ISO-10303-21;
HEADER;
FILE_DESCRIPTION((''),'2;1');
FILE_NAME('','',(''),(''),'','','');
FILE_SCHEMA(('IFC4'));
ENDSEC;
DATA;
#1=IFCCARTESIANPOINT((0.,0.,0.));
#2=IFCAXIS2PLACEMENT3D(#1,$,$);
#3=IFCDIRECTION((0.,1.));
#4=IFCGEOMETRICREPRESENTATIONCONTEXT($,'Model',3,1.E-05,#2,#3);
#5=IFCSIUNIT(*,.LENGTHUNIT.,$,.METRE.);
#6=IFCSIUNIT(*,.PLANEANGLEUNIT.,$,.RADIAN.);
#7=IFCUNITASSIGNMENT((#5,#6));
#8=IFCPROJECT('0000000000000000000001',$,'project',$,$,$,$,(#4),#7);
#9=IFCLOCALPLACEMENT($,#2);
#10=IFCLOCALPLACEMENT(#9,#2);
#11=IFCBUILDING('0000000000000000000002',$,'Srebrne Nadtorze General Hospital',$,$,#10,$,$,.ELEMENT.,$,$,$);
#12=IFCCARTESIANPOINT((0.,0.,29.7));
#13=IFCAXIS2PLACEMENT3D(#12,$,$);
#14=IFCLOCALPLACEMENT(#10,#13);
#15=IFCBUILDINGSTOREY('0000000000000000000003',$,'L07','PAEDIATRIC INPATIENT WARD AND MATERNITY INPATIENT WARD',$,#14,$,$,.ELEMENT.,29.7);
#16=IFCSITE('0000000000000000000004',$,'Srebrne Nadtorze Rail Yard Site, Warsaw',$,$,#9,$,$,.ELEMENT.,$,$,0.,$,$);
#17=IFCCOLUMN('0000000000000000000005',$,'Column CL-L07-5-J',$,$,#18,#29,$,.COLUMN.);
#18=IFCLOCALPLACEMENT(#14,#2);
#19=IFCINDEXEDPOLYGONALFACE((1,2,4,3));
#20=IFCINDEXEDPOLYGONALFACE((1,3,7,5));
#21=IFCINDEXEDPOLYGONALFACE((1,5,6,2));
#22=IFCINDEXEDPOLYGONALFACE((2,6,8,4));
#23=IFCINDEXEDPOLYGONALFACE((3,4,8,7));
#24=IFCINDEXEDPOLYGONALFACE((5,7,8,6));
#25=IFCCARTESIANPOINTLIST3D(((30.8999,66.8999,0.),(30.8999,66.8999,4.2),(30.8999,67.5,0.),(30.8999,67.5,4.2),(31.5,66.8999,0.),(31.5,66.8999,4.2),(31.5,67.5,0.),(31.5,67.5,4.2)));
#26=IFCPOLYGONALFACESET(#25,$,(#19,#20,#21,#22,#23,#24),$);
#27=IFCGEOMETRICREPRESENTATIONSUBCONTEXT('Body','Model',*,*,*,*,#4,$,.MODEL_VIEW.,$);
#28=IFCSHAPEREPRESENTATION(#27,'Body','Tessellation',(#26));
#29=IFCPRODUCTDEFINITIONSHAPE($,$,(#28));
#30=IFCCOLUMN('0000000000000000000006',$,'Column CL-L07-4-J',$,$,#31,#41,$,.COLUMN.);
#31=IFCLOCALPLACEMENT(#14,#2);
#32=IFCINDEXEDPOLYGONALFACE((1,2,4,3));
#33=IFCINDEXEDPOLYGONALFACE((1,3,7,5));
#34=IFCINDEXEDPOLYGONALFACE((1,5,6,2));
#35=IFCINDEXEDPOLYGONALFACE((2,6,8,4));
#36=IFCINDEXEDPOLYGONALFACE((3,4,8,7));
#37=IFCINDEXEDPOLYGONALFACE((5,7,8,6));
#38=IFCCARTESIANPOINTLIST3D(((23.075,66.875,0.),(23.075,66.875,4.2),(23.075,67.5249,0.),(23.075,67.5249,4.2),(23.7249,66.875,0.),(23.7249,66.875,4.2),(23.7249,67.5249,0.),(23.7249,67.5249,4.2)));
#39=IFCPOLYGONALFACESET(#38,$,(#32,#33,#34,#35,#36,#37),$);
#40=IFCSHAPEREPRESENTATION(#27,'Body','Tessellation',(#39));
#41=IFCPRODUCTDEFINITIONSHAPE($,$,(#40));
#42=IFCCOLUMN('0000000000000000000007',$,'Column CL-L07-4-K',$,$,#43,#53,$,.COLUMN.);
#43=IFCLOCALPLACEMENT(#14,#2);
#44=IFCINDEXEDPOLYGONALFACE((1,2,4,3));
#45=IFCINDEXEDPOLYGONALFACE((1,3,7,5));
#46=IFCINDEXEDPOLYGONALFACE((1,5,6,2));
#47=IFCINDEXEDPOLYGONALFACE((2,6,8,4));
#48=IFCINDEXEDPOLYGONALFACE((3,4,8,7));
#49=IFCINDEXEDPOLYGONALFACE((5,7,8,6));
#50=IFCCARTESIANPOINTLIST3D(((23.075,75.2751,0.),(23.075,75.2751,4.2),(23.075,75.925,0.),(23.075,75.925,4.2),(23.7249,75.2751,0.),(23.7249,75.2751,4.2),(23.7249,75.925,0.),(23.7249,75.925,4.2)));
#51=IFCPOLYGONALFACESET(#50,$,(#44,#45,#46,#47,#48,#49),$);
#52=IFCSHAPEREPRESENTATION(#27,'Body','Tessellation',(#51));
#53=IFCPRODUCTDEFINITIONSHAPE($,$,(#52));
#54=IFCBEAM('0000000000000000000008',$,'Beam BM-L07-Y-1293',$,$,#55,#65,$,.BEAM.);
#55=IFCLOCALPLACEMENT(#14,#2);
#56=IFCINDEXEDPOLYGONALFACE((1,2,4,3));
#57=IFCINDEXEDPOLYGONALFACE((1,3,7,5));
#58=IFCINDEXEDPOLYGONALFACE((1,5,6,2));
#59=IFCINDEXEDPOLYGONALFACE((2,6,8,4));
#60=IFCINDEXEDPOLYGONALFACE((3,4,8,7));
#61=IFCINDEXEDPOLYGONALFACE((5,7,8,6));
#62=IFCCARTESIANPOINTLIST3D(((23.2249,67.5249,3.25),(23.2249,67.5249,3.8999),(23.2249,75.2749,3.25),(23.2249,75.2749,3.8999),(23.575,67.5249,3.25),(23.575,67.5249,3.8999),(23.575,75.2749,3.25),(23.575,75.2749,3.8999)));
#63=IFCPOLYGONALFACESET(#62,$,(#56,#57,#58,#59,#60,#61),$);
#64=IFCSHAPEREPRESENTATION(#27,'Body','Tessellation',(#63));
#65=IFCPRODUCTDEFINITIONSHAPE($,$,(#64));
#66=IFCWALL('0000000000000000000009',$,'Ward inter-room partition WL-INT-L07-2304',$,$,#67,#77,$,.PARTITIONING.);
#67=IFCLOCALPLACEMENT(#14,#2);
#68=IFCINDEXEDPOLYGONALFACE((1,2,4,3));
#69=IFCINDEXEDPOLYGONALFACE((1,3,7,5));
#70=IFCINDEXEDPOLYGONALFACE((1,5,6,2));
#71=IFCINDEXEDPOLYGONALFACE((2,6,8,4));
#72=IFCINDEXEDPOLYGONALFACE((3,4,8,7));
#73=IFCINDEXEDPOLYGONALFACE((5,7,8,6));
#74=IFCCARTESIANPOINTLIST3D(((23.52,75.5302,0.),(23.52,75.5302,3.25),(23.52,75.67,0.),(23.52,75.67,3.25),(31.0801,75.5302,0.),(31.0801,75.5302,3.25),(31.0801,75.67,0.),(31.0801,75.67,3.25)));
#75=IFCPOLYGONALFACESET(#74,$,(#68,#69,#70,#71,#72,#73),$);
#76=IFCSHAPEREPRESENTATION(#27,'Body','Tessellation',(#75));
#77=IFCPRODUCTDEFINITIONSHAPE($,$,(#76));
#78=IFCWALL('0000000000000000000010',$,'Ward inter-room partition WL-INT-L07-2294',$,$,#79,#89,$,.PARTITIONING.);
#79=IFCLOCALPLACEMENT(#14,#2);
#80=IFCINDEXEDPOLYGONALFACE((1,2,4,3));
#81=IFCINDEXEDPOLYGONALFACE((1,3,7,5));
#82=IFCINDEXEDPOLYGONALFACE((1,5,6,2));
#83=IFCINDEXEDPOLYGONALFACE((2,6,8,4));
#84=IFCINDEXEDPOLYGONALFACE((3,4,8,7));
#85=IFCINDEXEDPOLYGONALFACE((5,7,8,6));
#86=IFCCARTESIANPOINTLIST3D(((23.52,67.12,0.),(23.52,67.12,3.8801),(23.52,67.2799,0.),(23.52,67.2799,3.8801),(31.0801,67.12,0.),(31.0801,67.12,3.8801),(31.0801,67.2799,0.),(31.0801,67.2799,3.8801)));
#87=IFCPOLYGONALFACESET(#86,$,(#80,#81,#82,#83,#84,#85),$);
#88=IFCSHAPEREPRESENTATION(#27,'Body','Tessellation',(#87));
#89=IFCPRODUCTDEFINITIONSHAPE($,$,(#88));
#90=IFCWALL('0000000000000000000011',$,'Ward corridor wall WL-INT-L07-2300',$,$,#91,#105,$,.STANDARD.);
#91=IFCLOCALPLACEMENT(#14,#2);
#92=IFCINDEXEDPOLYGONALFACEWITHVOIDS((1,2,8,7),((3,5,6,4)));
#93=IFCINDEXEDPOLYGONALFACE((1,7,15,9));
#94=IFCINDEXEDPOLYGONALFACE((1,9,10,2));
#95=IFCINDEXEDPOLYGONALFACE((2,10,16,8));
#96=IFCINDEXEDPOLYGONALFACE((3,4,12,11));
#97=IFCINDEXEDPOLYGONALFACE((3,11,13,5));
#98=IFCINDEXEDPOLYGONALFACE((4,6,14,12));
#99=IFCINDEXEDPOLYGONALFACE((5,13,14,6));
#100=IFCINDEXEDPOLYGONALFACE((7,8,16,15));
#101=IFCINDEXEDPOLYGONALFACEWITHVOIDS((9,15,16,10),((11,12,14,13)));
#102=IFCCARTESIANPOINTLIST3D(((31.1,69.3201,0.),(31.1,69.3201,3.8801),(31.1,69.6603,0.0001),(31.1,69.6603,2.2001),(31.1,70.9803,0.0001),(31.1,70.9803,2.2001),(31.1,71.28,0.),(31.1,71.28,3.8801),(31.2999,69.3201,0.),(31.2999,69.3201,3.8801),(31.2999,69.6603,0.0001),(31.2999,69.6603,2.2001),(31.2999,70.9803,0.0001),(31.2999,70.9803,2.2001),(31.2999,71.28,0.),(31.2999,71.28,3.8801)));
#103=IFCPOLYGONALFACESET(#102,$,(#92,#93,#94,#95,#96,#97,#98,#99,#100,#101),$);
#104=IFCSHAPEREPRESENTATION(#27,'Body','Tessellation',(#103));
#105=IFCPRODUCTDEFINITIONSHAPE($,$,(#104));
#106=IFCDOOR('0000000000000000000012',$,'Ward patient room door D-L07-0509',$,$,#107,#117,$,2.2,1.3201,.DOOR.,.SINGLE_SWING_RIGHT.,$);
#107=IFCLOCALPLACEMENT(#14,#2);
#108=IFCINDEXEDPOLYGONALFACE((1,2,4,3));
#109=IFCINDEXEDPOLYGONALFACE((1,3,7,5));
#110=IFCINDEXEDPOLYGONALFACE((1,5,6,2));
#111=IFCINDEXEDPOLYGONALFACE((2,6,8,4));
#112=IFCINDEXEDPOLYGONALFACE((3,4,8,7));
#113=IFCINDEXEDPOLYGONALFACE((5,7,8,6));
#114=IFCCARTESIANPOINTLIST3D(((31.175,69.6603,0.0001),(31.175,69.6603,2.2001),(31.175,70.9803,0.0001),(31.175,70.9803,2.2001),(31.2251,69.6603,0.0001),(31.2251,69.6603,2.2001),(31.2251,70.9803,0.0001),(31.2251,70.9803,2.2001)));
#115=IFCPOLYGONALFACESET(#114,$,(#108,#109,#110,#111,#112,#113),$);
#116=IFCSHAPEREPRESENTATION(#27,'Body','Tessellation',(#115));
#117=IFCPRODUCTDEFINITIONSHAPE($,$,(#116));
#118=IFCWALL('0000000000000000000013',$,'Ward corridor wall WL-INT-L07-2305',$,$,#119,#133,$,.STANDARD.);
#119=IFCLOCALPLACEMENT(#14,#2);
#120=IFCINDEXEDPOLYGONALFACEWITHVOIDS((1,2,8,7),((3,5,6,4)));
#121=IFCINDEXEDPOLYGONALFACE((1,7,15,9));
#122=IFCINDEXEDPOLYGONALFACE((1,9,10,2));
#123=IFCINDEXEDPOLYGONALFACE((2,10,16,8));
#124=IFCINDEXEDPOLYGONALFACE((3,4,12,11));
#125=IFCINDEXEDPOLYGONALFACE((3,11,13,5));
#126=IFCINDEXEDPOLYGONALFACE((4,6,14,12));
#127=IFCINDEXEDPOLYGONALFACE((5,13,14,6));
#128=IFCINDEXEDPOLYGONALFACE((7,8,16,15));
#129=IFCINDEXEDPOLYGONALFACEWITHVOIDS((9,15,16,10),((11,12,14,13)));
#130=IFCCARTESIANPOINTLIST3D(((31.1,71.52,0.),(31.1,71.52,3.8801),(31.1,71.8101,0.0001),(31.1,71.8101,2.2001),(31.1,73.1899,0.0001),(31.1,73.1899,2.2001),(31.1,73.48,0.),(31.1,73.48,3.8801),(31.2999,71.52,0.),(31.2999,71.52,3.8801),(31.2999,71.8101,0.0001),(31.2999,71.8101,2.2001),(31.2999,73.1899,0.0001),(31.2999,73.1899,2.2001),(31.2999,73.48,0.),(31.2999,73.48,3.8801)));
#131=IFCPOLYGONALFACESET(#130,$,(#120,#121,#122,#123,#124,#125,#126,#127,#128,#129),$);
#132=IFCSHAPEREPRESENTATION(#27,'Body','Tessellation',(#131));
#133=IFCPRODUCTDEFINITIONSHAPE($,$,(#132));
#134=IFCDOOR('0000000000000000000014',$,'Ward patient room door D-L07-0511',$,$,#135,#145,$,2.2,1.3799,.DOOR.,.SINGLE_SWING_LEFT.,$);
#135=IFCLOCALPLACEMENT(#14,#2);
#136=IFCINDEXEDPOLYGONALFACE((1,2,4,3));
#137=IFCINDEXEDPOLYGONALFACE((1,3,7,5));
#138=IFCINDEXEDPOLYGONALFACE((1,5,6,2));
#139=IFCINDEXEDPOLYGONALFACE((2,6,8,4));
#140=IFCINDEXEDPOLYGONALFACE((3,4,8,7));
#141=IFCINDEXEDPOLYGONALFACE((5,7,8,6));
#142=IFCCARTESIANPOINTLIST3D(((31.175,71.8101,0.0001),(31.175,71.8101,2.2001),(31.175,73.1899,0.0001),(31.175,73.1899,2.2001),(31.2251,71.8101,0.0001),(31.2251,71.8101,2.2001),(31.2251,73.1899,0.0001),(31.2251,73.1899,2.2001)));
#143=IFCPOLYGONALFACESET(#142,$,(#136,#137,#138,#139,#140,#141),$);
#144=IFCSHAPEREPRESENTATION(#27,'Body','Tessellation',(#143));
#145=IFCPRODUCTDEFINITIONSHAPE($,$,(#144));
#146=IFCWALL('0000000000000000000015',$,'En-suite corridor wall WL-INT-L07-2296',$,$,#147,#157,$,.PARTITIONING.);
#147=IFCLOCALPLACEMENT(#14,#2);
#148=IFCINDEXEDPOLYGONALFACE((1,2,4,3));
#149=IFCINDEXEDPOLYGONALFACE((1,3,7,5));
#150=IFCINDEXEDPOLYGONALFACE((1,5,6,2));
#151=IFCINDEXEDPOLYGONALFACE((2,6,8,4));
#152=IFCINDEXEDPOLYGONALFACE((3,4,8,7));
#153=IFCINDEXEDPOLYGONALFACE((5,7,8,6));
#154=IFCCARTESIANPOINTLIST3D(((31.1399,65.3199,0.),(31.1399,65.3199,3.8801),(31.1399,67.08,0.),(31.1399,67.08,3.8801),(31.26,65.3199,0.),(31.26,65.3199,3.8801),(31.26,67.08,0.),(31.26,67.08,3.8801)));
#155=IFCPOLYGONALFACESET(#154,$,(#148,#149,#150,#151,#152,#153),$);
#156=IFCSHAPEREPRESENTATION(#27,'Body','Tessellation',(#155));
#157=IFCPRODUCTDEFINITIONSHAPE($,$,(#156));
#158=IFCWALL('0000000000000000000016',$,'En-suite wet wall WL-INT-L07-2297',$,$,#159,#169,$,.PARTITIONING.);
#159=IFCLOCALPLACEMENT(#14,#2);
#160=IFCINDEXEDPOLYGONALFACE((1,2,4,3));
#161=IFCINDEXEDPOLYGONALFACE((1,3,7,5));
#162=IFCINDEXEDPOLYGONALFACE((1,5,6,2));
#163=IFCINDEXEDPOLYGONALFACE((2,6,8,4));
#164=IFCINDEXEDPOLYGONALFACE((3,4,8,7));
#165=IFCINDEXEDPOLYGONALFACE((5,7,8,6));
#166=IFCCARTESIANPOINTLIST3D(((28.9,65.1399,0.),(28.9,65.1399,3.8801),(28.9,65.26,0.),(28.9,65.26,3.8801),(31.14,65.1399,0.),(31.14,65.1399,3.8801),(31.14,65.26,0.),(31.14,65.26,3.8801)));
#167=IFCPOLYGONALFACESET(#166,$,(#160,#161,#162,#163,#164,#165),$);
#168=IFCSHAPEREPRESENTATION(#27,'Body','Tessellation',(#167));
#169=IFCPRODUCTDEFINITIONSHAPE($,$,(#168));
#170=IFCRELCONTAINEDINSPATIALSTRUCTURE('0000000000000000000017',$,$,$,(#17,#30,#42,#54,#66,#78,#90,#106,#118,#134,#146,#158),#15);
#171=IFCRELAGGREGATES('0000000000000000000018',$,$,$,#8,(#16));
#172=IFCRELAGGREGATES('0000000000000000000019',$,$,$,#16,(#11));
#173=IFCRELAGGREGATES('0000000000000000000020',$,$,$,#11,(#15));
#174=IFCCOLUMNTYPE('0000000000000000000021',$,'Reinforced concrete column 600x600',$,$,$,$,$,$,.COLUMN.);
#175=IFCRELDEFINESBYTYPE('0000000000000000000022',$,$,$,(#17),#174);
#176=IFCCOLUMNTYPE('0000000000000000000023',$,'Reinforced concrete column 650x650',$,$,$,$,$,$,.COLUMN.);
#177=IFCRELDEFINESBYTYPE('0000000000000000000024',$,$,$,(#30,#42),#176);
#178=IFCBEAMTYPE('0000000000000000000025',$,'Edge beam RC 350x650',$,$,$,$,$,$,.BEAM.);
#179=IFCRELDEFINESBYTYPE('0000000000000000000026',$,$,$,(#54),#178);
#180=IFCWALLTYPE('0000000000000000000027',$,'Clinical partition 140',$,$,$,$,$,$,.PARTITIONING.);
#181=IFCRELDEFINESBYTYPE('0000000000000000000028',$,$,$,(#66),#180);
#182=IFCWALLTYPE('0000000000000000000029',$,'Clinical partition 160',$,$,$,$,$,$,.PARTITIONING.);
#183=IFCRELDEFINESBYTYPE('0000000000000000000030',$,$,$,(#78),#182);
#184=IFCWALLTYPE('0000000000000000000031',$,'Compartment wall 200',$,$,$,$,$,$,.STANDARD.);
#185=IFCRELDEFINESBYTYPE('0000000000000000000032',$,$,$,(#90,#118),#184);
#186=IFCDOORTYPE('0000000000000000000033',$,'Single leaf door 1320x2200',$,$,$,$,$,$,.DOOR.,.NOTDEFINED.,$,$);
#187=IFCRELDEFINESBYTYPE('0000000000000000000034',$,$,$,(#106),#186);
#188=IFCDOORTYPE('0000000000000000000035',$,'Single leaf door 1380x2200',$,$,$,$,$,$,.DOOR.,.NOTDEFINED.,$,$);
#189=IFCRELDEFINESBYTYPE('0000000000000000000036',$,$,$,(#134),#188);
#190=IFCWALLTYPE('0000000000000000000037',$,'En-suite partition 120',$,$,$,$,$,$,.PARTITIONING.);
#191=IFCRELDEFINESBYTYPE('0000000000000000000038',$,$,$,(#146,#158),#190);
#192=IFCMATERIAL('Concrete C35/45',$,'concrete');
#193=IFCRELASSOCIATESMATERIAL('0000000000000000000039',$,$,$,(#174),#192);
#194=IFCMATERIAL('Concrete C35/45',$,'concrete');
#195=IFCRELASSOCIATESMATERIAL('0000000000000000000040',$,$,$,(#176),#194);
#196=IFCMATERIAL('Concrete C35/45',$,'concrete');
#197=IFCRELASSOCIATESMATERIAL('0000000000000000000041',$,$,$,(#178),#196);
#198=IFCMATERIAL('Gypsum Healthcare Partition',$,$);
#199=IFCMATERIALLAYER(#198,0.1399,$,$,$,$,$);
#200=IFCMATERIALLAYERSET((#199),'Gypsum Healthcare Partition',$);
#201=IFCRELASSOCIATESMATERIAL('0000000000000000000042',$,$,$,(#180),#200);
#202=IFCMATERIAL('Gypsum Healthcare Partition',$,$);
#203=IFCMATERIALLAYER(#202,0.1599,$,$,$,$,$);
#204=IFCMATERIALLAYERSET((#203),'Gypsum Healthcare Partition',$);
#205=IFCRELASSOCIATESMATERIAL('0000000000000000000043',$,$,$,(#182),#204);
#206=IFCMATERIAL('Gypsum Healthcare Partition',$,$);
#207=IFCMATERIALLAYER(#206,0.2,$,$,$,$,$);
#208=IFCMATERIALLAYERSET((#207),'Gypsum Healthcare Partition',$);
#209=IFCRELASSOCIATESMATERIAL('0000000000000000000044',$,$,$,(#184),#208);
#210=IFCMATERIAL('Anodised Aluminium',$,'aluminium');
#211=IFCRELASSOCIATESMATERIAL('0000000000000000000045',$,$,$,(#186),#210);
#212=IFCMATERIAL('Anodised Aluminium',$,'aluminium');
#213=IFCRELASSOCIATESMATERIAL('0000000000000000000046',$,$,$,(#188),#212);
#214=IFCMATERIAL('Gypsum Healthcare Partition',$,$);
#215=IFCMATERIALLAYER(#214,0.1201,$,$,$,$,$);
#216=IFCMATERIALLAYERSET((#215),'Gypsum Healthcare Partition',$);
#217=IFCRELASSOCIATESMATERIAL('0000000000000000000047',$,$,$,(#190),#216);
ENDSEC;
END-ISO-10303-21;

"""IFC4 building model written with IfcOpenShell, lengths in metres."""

from ifc_helpers import new_model, si_unit, direction, frame, frame_2d, origin, origin_2d, place, context, subcontext, project, spatial, rectangle, extrude, material, layer, layer_set, material_profile, profile_set, type_object, element, fill, save


model = new_model("IFC4")

# Units and contexts
model_context = context("Model", 3, precision=1e-05, world=origin(), true_north=direction((0.0, 1.0)))
body_context = subcontext(model_context, "Body", "Model", "MODEL_VIEW")
ifc_project = project(units=[si_unit("LENGTHUNIT", "METRE"), si_unit("PLANEANGLEUNIT", "RADIAN")], contexts=[model_context])

# Site, building, storey
site_placement = place(None, origin())
site = spatial("IfcSite", under=ifc_project, at=site_placement, Name="Srebrne Nadtorze Rail Yard Site, Warsaw", CompositionType="ELEMENT", RefElevation=0.0)
building_placement = place(site_placement, origin())
building = spatial("IfcBuilding", under=site, at=building_placement, Name="Srebrne Nadtorze General Hospital", CompositionType="ELEMENT")
storey_placement = place(building_placement, frame((0.0, 0.0, 29.7)))
storey = spatial("IfcBuildingStorey", under=building, at=storey_placement, Name="L07", Description="PAEDIATRIC INPATIENT WARD AND MATERNITY INPATIENT WARD", CompositionType="ELEMENT", Elevation=29.7)

# Columns
ifc_material_1 = material(Name="Concrete C35/45", Category="concrete")
ifc_material_profile_1 = material_profile(ifc_material_1, rectangle(XDim=0.6001, YDim=0.6001, at=origin_2d()), Name="RC-COL-600x600")
ifc_profile_set_1 = profile_set([ifc_material_profile_1], Name="Concrete C35/45")
column_type_1 = type_object("IfcColumnType", Name="Reinforced concrete column 600x600", PredefinedType="COLUMN", material=ifc_profile_set_1)
column_placement = place(storey_placement, frame((31.2, 67.2, 0.0), z_axis=(0.0, 0.0, 1.0), x_axis=(1.0, 0.0, 0.0)))
element("IfcColumn", 1, at=column_placement, inside=storey, type_object=column_type_1, Name="Column CL-L07-5-J", PredefinedType="COLUMN", context=body_context, shape_type="SweptSolid", body=[
    extrude(rectangle(XDim=0.6001, YDim=0.6001, at=origin_2d()), origin(), (0.0, 0.0, 1.0), 4.2),
])
ifc_material_2 = material(Name="Concrete C35/45", Category="concrete")
ifc_material_profile_2 = material_profile(ifc_material_2, rectangle(XDim=0.6499, YDim=0.6499, at=origin_2d()), Name="RC-COL-650x650")
ifc_profile_set_2 = profile_set([ifc_material_profile_2], Name="Concrete C35/45")
column_type_2 = type_object("IfcColumnType", Name="Reinforced concrete column 650x650", PredefinedType="COLUMN", material=ifc_profile_set_2)
for number, where, z_axis, x_axis, name in (
    (2, (23.3999, 67.2, 0.0), (0.0, 0.0, 1.0), (1.0, 0.0, 0.0), "Column CL-L07-4-J"),
    (3, (23.3999, 75.6001, 0.0), (0.0, 0.0, 1.0), (1.0, 0.0, 0.0), "Column CL-L07-4-K"),
):
    element("IfcColumn", number, at=place(storey_placement, frame(where, z_axis=z_axis, x_axis=x_axis)), inside=storey, type_object=column_type_2, Name=name, PredefinedType="COLUMN", context=body_context, shape_type="SweptSolid", body=[
        extrude(rectangle(XDim=0.6499, YDim=0.6499, at=origin_2d()), origin(), (0.0, 0.0, 1.0), 4.2),
    ])

# Beam
ifc_material_3 = material(Name="Concrete C35/45", Category="concrete")
ifc_material_profile_3 = material_profile(ifc_material_3, rectangle(XDim=0.3501, YDim=0.6499, at=origin_2d()), Name="RC-BM-350x650")
ifc_profile_set_3 = profile_set([ifc_material_profile_3], Name="Concrete C35/45")
beam_type = type_object("IfcBeamType", Name="Edge beam RC 350x650", PredefinedType="BEAM", material=ifc_profile_set_3)
beam_placement = place(storey_placement, frame((23.3999, 67.5249, 3.575), z_axis=(0.0, 1.0, 0.0), x_axis=(-1.0, 0.0, 0.0)))
element("IfcBeam", 4, at=beam_placement, inside=storey, type_object=beam_type, Name="Beam BM-L07-Y-1293", PredefinedType="BEAM", context=body_context, shape_type="SweptSolid", body=[
    extrude(rectangle(XDim=0.3501, YDim=0.6499, at=origin_2d()), origin(), (0.0, 0.0, 1.0), 7.75),
])

# Walls
ifc_material_4 = material(Name="Gypsum Healthcare Partition")
ifc_layer_1 = layer(ifc_material_4, 0.1399)
ifc_layer_set_1 = layer_set([ifc_layer_1], Name="Gypsum Healthcare Partition")
wall_type_1 = type_object("IfcWallType", Name="Clinical partition 140", PredefinedType="PARTITIONING", material=ifc_layer_set_1)
wall_1_placement = place(storey_placement, frame((23.52, 75.6001, 0.0), z_axis=(0.0, 0.0, 1.0), x_axis=(1.0, 0.0, 0.0)))
element("IfcWall", 5, at=wall_1_placement, inside=storey, type_object=wall_type_1, Name="Ward inter-room partition WL-INT-L07-2304", PredefinedType="PARTITIONING", context=body_context, shape_type="SweptSolid", body=[
    extrude(rectangle(XDim=7.5601, YDim=0.1399, at=frame_2d((3.78, 0.0))), origin(), (0.0, 0.0, 1.0), 3.25),
])
ifc_material_5 = material(Name="Gypsum Healthcare Partition")
ifc_layer_2 = layer(ifc_material_5, 0.1599)
ifc_layer_set_2 = layer_set([ifc_layer_2], Name="Gypsum Healthcare Partition")
wall_type_2 = type_object("IfcWallType", Name="Clinical partition 160", PredefinedType="PARTITIONING", material=ifc_layer_set_2)
wall_2_placement = place(storey_placement, frame((23.52, 67.2, 0.0), z_axis=(0.0, 0.0, 1.0), x_axis=(1.0, 0.0, 0.0)))
element("IfcWall", 6, at=wall_2_placement, inside=storey, type_object=wall_type_2, Name="Ward inter-room partition WL-INT-L07-2294", PredefinedType="PARTITIONING", context=body_context, shape_type="SweptSolid", body=[
    extrude(rectangle(XDim=7.5601, YDim=0.1599, at=frame_2d((3.78, 0.0))), origin(), (0.0, 0.0, 1.0), 3.8801),
])

# Walls, openings, doors
ifc_material_6 = material(Name="Gypsum Healthcare Partition")
ifc_layer_3 = layer(ifc_material_6, 0.2)
ifc_layer_set_3 = layer_set([ifc_layer_3], Name="Gypsum Healthcare Partition")
wall_type_3 = type_object("IfcWallType", Name="Compartment wall 200", PredefinedType="STANDARD", material=ifc_layer_set_3)
wall_3_placement = place(storey_placement, frame((31.2, 69.3201, 0.0), z_axis=(0.0, 0.0, 1.0), x_axis=(0.0, 1.0, 0.0)))
wall_3 = element("IfcWall", 7, at=wall_3_placement, inside=storey, type_object=wall_type_3, Name="Ward corridor wall WL-INT-L07-2300", PredefinedType="STANDARD", context=body_context, shape_type="SweptSolid", body=[
    extrude(rectangle(XDim=1.96, YDim=0.2, at=frame_2d((0.98, 0.0))), origin(), (0.0, 0.0, 1.0), 3.8801),
])
opening_1_placement = place(wall_3_placement, frame((0.3401, 0.0, 0.0)))
opening_1 = element("IfcOpeningElement", 8, at=opening_1_placement, cuts=wall_3, PredefinedType="OPENING", context=body_context, shape_type="SweptSolid", body=[
    extrude(rectangle(XDim=1.3201, YDim=2.2, at=frame_2d((0.6602, 1.1001))), frame((0.0, 0.1118, 0.0), z_axis=(0.0, -1.0, 0.0), x_axis=(1.0, 0.0, 0.0)), (0.0, 0.0, 1.0), 0.2239),
])
ifc_material_7 = material(Name="Anodised Aluminium", Category="aluminium")
door_type_1 = type_object("IfcDoorType", Name="Single leaf door 1320x2200", OperationType="NOTDEFINED", PredefinedType="DOOR", material=ifc_material_7)
door_1_placement = place(opening_1_placement, origin())
door_1 = element("IfcDoor", 9, at=door_1_placement, inside=storey, type_object=door_type_1, Name="Ward patient room door D-L07-0509", OperationType="SINGLE_SWING_RIGHT", OverallHeight=2.2, OverallWidth=1.3201, PredefinedType="DOOR", context=body_context, shape_type="SweptSolid", body=[
    extrude(rectangle(XDim=1.3201, YDim=2.2, at=frame_2d((0.6602, 1.1001))), frame((0.0, 0.0249, 0.0), z_axis=(0.0, -1.0, 0.0), x_axis=(1.0, 0.0, 0.0)), (0.0, 0.0, 1.0), 0.05),
])
fill(opening_1, door_1)
wall_4_placement = place(storey_placement, frame((31.2, 71.52, 0.0), z_axis=(0.0, 0.0, 1.0), x_axis=(0.0, 1.0, 0.0)))
wall_4 = element("IfcWall", 10, at=wall_4_placement, inside=storey, type_object=wall_type_3, Name="Ward corridor wall WL-INT-L07-2305", PredefinedType="STANDARD", context=body_context, shape_type="SweptSolid", body=[
    extrude(rectangle(XDim=1.96, YDim=0.2, at=frame_2d((0.98, 0.0))), origin(), (0.0, 0.0, 1.0), 3.8801),
])
opening_2_placement = place(wall_4_placement, frame((0.29, 0.0, 0.0)))
opening_2 = element("IfcOpeningElement", 11, at=opening_2_placement, cuts=wall_4, PredefinedType="OPENING", context=body_context, shape_type="SweptSolid", body=[
    extrude(rectangle(XDim=1.3799, YDim=2.2, at=frame_2d((0.6899, 1.1001))), frame((0.0, 0.1118, 0.0), z_axis=(0.0, -1.0, 0.0), x_axis=(1.0, 0.0, 0.0)), (0.0, 0.0, 1.0), 0.2239),
])
ifc_material_8 = material(Name="Anodised Aluminium", Category="aluminium")
door_type_2 = type_object("IfcDoorType", Name="Single leaf door 1380x2200", OperationType="NOTDEFINED", PredefinedType="DOOR", material=ifc_material_8)
door_2_placement = place(opening_2_placement, origin())
door_2 = element("IfcDoor", 12, at=door_2_placement, inside=storey, type_object=door_type_2, Name="Ward patient room door D-L07-0511", OperationType="SINGLE_SWING_LEFT", OverallHeight=2.2, OverallWidth=1.3799, PredefinedType="DOOR", context=body_context, shape_type="SweptSolid", body=[
    extrude(rectangle(XDim=1.3799, YDim=2.2, at=frame_2d((0.6899, 1.1001))), frame((0.0, 0.0249, 0.0), z_axis=(0.0, -1.0, 0.0), x_axis=(1.0, 0.0, 0.0)), (0.0, 0.0, 1.0), 0.05),
])
fill(opening_2, door_2)

# Walls
ifc_material_9 = material(Name="Gypsum Healthcare Partition")
ifc_layer_4 = layer(ifc_material_9, 0.1201)
ifc_layer_set_4 = layer_set([ifc_layer_4], Name="Gypsum Healthcare Partition")
wall_type_4 = type_object("IfcWallType", Name="En-suite partition 120", PredefinedType="PARTITIONING", material=ifc_layer_set_4)
wall_5_placement = place(storey_placement, frame((31.2, 65.3201, 0.0), z_axis=(0.0, 0.0, 1.0), x_axis=(0.0, 1.0, 0.0)))
element("IfcWall", 13, at=wall_5_placement, inside=storey, type_object=wall_type_4, Name="En-suite corridor wall WL-INT-L07-2296", PredefinedType="PARTITIONING", context=body_context, shape_type="SweptSolid", body=[
    extrude(rectangle(XDim=1.76, YDim=0.1201, at=frame_2d((0.8799, 0.0))), origin(), (0.0, 0.0, 1.0), 3.8801),
])
wall_6_placement = place(storey_placement, frame((28.8999, 65.2, 0.0), z_axis=(0.0, 0.0, 1.0), x_axis=(1.0, 0.0, 0.0)))
element("IfcWall", 14, at=wall_6_placement, inside=storey, type_object=wall_type_4, Name="En-suite wet wall WL-INT-L07-2297", PredefinedType="PARTITIONING", context=body_context, shape_type="SweptSolid", body=[
    extrude(rectangle(XDim=2.24, YDim=0.1201, at=frame_2d((1.1201, 0.0))), origin(), (0.0, 0.0, 1.0), 3.8801),
])

save(model, "model.ifc")
